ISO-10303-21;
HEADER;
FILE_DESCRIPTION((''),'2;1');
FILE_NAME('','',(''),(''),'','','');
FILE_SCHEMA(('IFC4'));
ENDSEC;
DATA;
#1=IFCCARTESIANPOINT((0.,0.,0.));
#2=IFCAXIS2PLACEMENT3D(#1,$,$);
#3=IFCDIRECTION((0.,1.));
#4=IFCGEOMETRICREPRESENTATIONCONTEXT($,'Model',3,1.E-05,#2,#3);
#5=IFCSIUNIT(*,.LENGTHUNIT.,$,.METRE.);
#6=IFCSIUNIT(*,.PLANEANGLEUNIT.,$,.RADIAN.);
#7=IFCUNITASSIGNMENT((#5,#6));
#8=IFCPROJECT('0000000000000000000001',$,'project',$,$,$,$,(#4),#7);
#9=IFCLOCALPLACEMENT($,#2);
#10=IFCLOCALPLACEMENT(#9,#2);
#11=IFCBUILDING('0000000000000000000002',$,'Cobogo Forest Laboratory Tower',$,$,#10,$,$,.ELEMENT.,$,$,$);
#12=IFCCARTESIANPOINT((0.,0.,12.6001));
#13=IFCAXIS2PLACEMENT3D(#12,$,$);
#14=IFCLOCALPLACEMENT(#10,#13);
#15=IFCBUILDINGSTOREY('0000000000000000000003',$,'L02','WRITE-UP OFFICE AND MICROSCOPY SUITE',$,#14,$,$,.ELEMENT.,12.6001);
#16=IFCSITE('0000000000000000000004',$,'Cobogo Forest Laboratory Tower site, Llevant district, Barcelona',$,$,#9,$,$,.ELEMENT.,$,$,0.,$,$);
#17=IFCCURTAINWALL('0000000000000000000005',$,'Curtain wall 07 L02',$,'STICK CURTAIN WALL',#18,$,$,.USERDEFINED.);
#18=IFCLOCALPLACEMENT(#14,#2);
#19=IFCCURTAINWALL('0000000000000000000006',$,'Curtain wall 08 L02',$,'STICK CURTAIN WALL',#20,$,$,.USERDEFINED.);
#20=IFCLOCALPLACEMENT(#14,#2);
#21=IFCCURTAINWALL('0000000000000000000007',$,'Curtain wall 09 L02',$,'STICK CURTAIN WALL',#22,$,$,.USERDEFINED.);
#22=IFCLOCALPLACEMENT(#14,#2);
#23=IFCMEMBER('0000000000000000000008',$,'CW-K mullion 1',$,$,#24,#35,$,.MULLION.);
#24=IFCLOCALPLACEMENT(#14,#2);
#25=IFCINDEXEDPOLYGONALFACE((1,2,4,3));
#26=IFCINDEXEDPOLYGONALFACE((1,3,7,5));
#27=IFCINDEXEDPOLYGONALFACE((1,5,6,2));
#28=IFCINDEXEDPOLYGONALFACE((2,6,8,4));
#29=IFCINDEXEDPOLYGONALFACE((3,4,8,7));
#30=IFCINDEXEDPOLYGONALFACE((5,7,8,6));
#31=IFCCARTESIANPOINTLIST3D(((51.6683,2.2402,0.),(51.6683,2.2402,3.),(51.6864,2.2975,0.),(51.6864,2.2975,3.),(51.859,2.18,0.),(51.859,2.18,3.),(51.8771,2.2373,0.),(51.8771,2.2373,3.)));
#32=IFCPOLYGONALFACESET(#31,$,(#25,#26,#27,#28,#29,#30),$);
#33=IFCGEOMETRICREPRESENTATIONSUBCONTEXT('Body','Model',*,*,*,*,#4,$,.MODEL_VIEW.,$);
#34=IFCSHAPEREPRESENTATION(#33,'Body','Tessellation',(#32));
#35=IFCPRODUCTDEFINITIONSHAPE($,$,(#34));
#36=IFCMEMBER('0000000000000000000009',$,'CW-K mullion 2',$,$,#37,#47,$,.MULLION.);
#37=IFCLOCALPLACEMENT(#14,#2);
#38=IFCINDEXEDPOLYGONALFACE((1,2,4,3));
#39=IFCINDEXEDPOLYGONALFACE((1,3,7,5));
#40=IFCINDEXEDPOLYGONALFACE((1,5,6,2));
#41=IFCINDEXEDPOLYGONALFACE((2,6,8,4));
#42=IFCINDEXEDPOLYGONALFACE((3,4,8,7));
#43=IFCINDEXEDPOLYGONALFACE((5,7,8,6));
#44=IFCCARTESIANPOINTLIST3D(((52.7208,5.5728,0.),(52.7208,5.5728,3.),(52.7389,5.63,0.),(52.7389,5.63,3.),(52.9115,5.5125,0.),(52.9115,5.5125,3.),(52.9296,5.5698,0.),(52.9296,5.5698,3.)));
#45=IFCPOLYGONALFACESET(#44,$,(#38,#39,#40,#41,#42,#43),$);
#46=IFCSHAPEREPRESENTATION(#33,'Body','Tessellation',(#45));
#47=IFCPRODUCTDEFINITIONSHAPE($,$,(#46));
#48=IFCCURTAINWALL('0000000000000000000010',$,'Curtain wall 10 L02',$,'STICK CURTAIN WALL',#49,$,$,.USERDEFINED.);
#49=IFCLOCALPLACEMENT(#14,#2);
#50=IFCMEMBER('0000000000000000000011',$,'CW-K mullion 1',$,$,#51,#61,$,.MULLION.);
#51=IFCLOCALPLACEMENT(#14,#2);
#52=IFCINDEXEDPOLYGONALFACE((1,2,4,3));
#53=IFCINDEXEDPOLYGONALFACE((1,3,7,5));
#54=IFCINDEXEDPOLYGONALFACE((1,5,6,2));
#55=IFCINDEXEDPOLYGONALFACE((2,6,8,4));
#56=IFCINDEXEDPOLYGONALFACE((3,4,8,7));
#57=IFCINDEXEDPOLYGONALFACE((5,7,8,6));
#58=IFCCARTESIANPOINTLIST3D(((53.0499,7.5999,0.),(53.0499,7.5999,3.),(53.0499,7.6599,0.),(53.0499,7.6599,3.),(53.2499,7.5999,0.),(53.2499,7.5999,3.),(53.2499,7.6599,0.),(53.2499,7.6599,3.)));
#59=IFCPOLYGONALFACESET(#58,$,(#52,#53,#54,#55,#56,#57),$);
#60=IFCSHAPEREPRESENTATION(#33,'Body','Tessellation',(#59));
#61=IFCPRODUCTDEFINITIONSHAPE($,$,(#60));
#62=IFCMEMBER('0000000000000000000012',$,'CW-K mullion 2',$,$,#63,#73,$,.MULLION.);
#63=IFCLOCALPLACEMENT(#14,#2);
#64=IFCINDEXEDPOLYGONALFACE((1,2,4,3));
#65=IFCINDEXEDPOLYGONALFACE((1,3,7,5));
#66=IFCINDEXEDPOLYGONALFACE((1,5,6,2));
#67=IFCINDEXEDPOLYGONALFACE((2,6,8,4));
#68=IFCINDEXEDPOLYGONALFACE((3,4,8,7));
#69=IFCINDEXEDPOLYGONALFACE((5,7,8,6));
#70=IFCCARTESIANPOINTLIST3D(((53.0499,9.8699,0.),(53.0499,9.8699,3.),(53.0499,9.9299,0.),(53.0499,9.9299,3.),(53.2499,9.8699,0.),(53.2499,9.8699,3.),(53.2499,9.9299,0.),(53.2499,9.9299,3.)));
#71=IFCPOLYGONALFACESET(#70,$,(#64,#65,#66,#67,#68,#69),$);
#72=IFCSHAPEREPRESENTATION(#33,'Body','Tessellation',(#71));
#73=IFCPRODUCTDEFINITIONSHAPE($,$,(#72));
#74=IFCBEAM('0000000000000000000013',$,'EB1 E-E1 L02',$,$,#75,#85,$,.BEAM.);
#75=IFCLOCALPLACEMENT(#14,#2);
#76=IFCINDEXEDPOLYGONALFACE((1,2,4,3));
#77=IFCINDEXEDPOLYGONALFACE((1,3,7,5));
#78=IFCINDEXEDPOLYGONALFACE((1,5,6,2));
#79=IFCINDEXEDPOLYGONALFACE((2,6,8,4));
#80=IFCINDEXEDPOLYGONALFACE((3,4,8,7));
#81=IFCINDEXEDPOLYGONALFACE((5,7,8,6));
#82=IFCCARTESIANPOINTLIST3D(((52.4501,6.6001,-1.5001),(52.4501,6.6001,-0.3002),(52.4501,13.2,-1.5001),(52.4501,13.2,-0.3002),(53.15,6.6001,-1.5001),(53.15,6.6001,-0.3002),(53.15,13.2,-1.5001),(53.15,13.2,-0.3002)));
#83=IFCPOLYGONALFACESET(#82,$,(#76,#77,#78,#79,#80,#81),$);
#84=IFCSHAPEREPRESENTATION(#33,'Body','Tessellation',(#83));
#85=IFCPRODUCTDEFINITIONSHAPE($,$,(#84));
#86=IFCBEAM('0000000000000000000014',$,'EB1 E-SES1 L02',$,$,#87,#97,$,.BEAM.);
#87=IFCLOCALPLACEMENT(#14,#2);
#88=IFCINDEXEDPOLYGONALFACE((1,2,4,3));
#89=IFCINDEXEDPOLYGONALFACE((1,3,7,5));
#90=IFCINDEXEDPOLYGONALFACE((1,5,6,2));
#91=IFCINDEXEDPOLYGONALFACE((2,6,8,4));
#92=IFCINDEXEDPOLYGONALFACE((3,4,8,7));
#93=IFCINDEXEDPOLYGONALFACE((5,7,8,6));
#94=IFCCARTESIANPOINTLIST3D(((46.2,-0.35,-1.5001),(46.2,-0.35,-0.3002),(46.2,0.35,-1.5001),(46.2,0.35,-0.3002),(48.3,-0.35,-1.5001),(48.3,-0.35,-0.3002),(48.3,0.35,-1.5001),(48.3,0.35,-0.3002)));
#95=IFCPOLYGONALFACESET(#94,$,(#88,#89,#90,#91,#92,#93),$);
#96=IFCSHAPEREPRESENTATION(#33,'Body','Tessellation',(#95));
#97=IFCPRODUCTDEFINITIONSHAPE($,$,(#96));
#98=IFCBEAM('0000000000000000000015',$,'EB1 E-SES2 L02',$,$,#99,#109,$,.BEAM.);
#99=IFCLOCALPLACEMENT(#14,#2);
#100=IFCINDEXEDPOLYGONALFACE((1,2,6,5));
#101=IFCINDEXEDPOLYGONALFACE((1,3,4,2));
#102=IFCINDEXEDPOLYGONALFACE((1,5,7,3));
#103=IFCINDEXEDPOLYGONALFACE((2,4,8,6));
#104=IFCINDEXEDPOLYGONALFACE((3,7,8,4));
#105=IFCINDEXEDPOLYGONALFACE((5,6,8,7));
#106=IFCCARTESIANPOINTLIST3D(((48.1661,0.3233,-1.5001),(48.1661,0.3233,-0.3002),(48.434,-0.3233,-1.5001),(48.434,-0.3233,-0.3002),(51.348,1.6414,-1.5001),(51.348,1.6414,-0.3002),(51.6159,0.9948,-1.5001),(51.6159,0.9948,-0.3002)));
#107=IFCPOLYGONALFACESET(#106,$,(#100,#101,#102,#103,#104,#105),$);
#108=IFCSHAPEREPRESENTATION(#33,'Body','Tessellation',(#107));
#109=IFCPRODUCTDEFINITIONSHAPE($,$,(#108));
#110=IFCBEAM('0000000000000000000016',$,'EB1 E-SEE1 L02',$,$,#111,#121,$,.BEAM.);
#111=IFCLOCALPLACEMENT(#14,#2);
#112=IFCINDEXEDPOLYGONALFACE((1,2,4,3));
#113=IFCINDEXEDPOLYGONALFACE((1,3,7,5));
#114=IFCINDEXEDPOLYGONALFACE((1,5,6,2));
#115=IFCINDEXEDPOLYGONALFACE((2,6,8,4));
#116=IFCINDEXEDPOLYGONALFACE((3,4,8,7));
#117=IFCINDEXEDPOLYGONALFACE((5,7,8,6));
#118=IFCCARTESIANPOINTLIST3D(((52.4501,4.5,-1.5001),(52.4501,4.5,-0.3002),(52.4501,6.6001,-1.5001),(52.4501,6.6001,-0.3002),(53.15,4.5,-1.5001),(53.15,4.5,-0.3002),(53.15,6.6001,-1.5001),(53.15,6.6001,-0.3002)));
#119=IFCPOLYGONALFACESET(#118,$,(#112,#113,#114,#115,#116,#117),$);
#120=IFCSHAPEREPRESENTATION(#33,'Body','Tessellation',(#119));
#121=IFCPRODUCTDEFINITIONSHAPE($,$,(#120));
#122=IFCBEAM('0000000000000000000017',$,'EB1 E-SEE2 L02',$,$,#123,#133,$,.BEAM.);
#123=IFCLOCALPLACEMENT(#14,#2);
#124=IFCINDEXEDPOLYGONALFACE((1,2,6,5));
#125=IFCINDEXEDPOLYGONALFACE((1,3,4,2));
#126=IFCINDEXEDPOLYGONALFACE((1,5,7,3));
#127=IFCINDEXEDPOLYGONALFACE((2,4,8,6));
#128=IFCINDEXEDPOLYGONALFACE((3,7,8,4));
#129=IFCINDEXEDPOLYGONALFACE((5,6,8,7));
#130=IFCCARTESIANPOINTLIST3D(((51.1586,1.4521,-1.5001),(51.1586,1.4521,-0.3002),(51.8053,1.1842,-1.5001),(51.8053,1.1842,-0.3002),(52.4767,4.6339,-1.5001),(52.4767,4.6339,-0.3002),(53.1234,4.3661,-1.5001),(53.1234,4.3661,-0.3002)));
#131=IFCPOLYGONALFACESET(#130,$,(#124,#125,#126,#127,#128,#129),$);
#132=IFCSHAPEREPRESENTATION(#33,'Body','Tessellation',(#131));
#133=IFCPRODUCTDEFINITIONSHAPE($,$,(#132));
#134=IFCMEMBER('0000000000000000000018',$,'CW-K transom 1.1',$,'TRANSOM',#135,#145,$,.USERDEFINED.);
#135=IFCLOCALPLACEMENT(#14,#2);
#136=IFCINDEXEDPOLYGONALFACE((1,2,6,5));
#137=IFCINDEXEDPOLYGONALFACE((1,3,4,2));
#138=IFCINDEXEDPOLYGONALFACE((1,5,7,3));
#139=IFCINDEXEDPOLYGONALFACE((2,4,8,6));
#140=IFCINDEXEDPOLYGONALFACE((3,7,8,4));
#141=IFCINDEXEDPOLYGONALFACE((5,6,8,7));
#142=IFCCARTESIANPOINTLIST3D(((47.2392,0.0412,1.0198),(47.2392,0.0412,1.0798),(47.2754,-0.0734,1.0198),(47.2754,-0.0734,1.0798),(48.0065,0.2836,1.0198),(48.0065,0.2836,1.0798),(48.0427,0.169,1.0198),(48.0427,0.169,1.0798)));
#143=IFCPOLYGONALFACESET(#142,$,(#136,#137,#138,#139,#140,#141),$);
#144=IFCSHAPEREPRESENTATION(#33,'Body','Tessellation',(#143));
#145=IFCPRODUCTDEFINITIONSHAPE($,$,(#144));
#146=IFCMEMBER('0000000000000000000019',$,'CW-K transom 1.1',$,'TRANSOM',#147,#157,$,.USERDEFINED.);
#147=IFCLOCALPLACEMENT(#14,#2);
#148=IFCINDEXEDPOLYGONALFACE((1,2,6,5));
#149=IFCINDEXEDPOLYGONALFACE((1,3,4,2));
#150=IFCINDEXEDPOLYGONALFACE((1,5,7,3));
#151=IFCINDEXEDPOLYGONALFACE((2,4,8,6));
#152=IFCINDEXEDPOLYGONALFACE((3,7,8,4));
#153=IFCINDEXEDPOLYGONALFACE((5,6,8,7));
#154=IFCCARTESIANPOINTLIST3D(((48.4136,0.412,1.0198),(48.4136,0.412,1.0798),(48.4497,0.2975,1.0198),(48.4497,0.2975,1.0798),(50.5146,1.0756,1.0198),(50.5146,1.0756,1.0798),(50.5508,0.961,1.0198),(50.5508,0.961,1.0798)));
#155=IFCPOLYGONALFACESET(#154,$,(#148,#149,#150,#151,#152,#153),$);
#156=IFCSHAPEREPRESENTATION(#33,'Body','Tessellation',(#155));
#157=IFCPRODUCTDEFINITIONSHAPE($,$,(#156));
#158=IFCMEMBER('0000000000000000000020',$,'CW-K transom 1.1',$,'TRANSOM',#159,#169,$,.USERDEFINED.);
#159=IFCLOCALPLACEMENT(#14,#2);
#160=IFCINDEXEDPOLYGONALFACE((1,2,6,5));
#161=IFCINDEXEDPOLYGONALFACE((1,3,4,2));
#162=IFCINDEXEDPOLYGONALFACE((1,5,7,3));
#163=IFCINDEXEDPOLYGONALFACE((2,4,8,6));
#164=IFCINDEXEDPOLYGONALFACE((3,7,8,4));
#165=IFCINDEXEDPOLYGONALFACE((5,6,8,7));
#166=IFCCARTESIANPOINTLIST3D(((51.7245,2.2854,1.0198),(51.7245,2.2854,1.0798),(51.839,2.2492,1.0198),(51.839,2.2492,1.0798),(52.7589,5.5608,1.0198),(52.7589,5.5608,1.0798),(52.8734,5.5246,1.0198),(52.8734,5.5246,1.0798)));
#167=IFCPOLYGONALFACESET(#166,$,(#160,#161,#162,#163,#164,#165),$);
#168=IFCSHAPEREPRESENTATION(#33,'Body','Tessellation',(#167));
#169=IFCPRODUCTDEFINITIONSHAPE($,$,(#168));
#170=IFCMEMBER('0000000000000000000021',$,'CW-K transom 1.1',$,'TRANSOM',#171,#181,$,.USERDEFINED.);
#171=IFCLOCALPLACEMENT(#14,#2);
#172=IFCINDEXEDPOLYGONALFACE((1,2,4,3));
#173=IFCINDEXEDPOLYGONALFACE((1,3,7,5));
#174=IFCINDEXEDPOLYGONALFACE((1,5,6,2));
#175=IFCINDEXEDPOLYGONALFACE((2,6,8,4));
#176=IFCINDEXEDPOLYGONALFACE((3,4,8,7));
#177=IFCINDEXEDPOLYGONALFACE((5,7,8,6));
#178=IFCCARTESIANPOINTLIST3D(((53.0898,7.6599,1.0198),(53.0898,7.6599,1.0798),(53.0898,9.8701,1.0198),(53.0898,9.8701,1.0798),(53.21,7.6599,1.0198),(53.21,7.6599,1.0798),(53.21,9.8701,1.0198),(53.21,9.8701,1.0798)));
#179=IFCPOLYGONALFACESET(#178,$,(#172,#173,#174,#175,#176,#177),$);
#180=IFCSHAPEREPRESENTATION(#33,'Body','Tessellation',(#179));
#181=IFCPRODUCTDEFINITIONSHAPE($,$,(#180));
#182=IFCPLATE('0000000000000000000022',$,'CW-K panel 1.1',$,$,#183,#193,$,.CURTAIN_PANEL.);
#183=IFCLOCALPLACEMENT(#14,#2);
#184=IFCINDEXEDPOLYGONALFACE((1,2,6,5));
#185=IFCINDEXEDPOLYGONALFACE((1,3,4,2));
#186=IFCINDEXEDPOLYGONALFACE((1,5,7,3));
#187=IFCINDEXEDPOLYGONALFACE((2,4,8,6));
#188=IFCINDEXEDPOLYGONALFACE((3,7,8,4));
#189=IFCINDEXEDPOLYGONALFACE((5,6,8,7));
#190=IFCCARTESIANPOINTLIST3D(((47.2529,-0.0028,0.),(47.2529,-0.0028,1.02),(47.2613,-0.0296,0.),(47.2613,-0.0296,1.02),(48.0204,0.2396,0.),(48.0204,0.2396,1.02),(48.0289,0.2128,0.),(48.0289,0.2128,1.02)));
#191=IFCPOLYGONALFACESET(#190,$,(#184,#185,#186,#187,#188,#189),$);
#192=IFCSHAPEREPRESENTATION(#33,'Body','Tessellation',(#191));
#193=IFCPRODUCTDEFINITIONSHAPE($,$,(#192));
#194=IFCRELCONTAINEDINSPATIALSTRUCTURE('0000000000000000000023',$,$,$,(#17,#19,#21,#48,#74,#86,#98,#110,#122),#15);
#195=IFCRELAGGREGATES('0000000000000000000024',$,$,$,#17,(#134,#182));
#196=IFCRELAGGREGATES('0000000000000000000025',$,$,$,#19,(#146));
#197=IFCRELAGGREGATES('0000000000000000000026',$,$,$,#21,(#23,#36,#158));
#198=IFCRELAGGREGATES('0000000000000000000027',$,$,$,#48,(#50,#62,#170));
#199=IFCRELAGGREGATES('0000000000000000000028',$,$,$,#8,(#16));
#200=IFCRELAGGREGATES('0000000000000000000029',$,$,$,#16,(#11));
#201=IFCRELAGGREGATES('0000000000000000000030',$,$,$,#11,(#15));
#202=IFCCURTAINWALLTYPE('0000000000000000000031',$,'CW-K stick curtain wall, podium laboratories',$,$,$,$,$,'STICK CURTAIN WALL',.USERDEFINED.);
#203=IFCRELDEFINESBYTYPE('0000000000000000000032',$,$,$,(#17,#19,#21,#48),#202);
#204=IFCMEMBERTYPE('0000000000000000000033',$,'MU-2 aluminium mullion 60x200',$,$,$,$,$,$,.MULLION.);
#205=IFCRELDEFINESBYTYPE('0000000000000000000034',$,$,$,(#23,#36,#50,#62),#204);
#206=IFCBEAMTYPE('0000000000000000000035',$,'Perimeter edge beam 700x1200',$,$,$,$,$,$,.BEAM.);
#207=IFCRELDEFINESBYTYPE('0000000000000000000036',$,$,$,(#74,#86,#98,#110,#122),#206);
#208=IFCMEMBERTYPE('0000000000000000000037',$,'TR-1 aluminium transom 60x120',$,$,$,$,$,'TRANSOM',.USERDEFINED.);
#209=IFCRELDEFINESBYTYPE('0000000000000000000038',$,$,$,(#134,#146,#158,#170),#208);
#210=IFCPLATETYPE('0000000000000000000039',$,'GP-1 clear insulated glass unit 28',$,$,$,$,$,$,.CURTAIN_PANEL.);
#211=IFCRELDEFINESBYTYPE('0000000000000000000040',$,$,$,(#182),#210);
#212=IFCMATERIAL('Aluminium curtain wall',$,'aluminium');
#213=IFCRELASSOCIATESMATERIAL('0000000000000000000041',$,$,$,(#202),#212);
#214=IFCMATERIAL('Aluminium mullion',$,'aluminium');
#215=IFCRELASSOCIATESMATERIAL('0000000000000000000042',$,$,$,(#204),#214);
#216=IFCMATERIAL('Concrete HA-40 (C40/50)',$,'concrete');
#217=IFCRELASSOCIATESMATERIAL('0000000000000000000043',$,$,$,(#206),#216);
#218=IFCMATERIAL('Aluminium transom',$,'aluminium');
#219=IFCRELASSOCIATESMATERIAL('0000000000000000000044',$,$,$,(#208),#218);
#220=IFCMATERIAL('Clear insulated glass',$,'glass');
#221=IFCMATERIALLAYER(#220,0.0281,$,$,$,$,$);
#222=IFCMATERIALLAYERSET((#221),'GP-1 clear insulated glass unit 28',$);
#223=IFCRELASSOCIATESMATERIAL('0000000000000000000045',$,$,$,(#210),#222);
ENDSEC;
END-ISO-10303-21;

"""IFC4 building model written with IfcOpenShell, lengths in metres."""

from ifc_helpers import new_model, si_unit, direction, frame, origin, origin_2d, place, context, subcontext, project, spatial, rectangle, extrude, material, layer, layer_set, material_profile, profile_set, type_object, element, aggregate, save


model = new_model("IFC4")

# Units and contexts
model_context = context("Model", 3, precision=1e-05, world=origin(), true_north=direction((0.0, 1.0)))
body_context = subcontext(model_context, "Body", "Model", "MODEL_VIEW")
ifc_project = project(units=[si_unit("LENGTHUNIT", "METRE"), si_unit("PLANEANGLEUNIT", "RADIAN")], contexts=[model_context])

# Site, building, storey
site_placement = place(None, origin())
site = spatial("IfcSite", under=ifc_project, at=site_placement, Name="Cobogo Forest Laboratory Tower site, Llevant district, Barcelona", CompositionType="ELEMENT", RefElevation=0.0)
building_placement = place(site_placement, origin())
building = spatial("IfcBuilding", under=site, at=building_placement, Name="Cobogo Forest Laboratory Tower", CompositionType="ELEMENT")
storey_placement = place(building_placement, frame((0.0, 0.0, 12.6001)))
storey = spatial("IfcBuildingStorey", under=building, at=storey_placement, Name="L02", Description="WRITE-UP OFFICE AND MICROSCOPY SUITE", CompositionType="ELEMENT", Elevation=12.6001)

# Shared definitions
ifc_material_1 = material(Name="Concrete HA-40 (C40/50)", Category="concrete")

# Curtain walls, members
ifc_material_2 = material(Name="Aluminium curtain wall", Category="aluminium")
curtain_wall_type = type_object("IfcCurtainWallType", Name="CW-K stick curtain wall, podium laboratories", ElementType="STICK CURTAIN WALL", PredefinedType="USERDEFINED", material=ifc_material_2)
curtain_wall_1_placement = place(storey_placement, origin())
curtain_wall_1 = element("IfcCurtainWall", 1, at=curtain_wall_1_placement, inside=storey, type_object=curtain_wall_type, Name="Curtain wall 07 L02", ObjectType="STICK CURTAIN WALL", PredefinedType="USERDEFINED")
ifc_material_3 = material(Name="Aluminium mullion", Category="aluminium")
ifc_material_profile_1 = material_profile(ifc_material_3, rectangle(XDim=0.0601, YDim=0.2, at=origin_2d()), Name="AL 60x200")
ifc_profile_set_1 = profile_set([ifc_material_profile_1], Name="Aluminium mullion")
member_type_1 = type_object("IfcMemberType", Name="MU-2 aluminium mullion 60x200", PredefinedType="MULLION", material=ifc_profile_set_1)
curtain_wall_2_placement = place(storey_placement, origin())
curtain_wall_2 = element("IfcCurtainWall", 2, at=curtain_wall_2_placement, inside=storey, type_object=curtain_wall_type, Name="Curtain wall 08 L02", ObjectType="STICK CURTAIN WALL", PredefinedType="USERDEFINED")
curtain_wall_3_placement = place(storey_placement, origin())
curtain_wall_3 = element("IfcCurtainWall", 3, at=curtain_wall_3_placement, inside=storey, type_object=curtain_wall_type, Name="Curtain wall 09 L02", ObjectType="STICK CURTAIN WALL", PredefinedType="USERDEFINED")
member_1_placement = place(storey_placement, frame((51.7727, 2.2388, 0.0), z_axis=(0.0, 0.0, 1.0), x_axis=(0.301135, 0.953581, 0.0)))
member_1 = element("IfcMember", 4, at=member_1_placement, type_object=member_type_1, Name="CW-K mullion 1", PredefinedType="MULLION", context=body_context, shape_type="SweptSolid", body=[
    extrude(rectangle(XDim=0.0601, YDim=0.2, at=origin_2d()), origin(), (0.0, 0.0, 1.0), 3.0),
])
member_2_placement = place(storey_placement, frame((52.8252, 5.5713, 0.0), z_axis=(0.0, 0.0, 1.0), x_axis=(0.301135, 0.953581, 0.0)))
member_2 = element("IfcMember", 5, at=member_2_placement, type_object=member_type_1, Name="CW-K mullion 2", PredefinedType="MULLION", context=body_context, shape_type="SweptSolid", body=[
    extrude(rectangle(XDim=0.0601, YDim=0.2, at=origin_2d()), origin(), (0.0, 0.0, 1.0), 3.0),
])
curtain_wall_4_placement = place(storey_placement, origin())
curtain_wall_4 = element("IfcCurtainWall", 6, at=curtain_wall_4_placement, inside=storey, type_object=curtain_wall_type, Name="Curtain wall 10 L02", ObjectType="STICK CURTAIN WALL", PredefinedType="USERDEFINED")
member_3_placement = place(storey_placement, frame((53.1499, 7.6299, 0.0), z_axis=(0.0, 0.0, 1.0), x_axis=(0.0, 1.0, 0.0)))
member_3 = element("IfcMember", 7, at=member_3_placement, type_object=member_type_1, Name="CW-K mullion 1", PredefinedType="MULLION", context=body_context, shape_type="SweptSolid", body=[
    extrude(rectangle(XDim=0.0601, YDim=0.2, at=origin_2d()), origin(), (0.0, 0.0, 1.0), 3.0),
])
member_4_placement = place(storey_placement, frame((53.1499, 9.8999, 0.0), z_axis=(0.0, 0.0, 1.0), x_axis=(0.0, 1.0, 0.0)))
member_4 = element("IfcMember", 8, at=member_4_placement, type_object=member_type_1, Name="CW-K mullion 2", PredefinedType="MULLION", context=body_context, shape_type="SweptSolid", body=[
    extrude(rectangle(XDim=0.0601, YDim=0.2, at=origin_2d()), origin(), (0.0, 0.0, 1.0), 3.0),
])

# Beams
ifc_material_profile_2 = material_profile(ifc_material_1, rectangle(XDim=0.7, YDim=1.2, at=origin_2d()), Name="RC 700x1200")
ifc_profile_set_2 = profile_set([ifc_material_profile_2], Name="Concrete HA-40 (C40/50)")
beam_type_1 = type_object("IfcBeamType", Name="Perimeter edge beam 700x1200", PredefinedType="BEAM", material=ifc_profile_set_2)
beam_1_placement = place(storey_placement, frame((52.8, 6.6001, -0.9001), z_axis=(0.0, 1.0, 0.0), x_axis=(-1.0, 0.0, 0.0)))
element("IfcBeam", 9, at=beam_1_placement, inside=storey, type_object=beam_type_1, Name="EB1 E-E1 L02", PredefinedType="BEAM", context=body_context, shape_type="SweptSolid", body=[
    extrude(rectangle(XDim=0.7, YDim=1.2, at=origin_2d()), origin(), (0.0, 0.0, 1.0), 6.5999),
])
beam_2_placement = place(storey_placement, frame((46.2, 0.0, -0.9001), z_axis=(1.0, 0.0, 0.0), x_axis=(0.0, 1.0, 0.0)))
element("IfcBeam", 10, at=beam_2_placement, inside=storey, type_object=beam_type_1, Name="EB1 E-SES1 L02", PredefinedType="BEAM", context=body_context, shape_type="SweptSolid", body=[
    extrude(rectangle(XDim=0.7, YDim=1.2, at=origin_2d()), origin(), (0.0, 0.0, 1.0), 2.1001),
])
beam_3_placement = place(storey_placement, frame((48.3, 0.0, -0.9001), z_axis=(0.923866, 0.382717, 0.0), x_axis=(-0.382717, 0.923866, 0.0)))
element("IfcBeam", 11, at=beam_3_placement, inside=storey, type_object=beam_type_1, Name="EB1 E-SES2 L02", PredefinedType="BEAM", context=body_context, shape_type="SweptSolid", body=[
    extrude(rectangle(XDim=0.7, YDim=1.2, at=origin_2d()), origin(), (0.0, 0.0, 1.0), 3.4441),
])
beam_4_placement = place(storey_placement, frame((52.8, 6.6001, -0.9001), z_axis=(0.0, -1.0, 0.0), x_axis=(1.0, 0.0, 0.0)))
element("IfcBeam", 12, at=beam_4_placement, inside=storey, type_object=beam_type_1, Name="EB1 E-SEE1 L02", PredefinedType="BEAM", context=body_context, shape_type="SweptSolid", body=[
    extrude(rectangle(XDim=0.7, YDim=1.2, at=origin_2d()), origin(), (0.0, 0.0, 1.0), 2.1001),
])
beam_5_placement = place(storey_placement, frame((52.8, 4.5, -0.9001), z_axis=(-0.382717, -0.923866, 0.0), x_axis=(0.923866, -0.382717, 0.0)))
element("IfcBeam", 13, at=beam_5_placement, inside=storey, type_object=beam_type_1, Name="EB1 E-SEE2 L02", PredefinedType="BEAM", context=body_context, shape_type="SweptSolid", body=[
    extrude(rectangle(XDim=0.7, YDim=1.2, at=origin_2d()), origin(), (0.0, 0.0, 1.0), 3.4441),
])

# Members
ifc_material_4 = material(Name="Aluminium transom", Category="aluminium")
ifc_material_profile_3 = material_profile(ifc_material_4, rectangle(XDim=0.1201, YDim=0.0601, at=origin_2d()), Name="AL 60x120")
ifc_profile_set_3 = profile_set([ifc_material_profile_3], Name="Aluminium transom")
member_type_2 = type_object("IfcMemberType", Name="TR-1 aluminium transom 60x120", ElementType="TRANSOM", PredefinedType="USERDEFINED", material=ifc_profile_set_3)
member_5_placement = place(storey_placement, frame((47.2573, -0.0161, 1.0498), z_axis=(0.953541, 0.301262, 0.0), x_axis=(-0.301262, 0.953541, 0.0)))
member_5 = element("IfcMember", 14, at=member_5_placement, type_object=member_type_2, Name="CW-K transom 1.1", ObjectType="TRANSOM", PredefinedType="USERDEFINED", context=body_context, shape_type="SweptSolid", body=[
    extrude(rectangle(XDim=0.1201, YDim=0.0601, at=origin_2d()), origin(), (0.0, 0.0, 1.0), 0.8047),
])
member_6_placement = place(storey_placement, frame((48.4316, 0.3547, 1.0498), z_axis=(0.953573, 0.301163, 0.0), x_axis=(-0.301163, 0.953573, 0.0)))
member_6 = element("IfcMember", 15, at=member_6_placement, type_object=member_type_2, Name="CW-K transom 1.1", ObjectType="TRANSOM", PredefinedType="USERDEFINED", context=body_context, shape_type="SweptSolid", body=[
    extrude(rectangle(XDim=0.1201, YDim=0.0601, at=origin_2d()), origin(), (0.0, 0.0, 1.0), 2.2034),
])
member_7_placement = place(storey_placement, frame((51.7817, 2.2673, 1.0498), z_axis=(0.301155, 0.953575, 0.0), x_axis=(-0.953575, 0.301155, 0.0)))
member_7 = element("IfcMember", 16, at=member_7_placement, type_object=member_type_2, Name="CW-K transom 1.1", ObjectType="TRANSOM", PredefinedType="USERDEFINED", context=body_context, shape_type="SweptSolid", body=[
    extrude(rectangle(XDim=0.1201, YDim=0.0601, at=origin_2d()), origin(), (0.0, 0.0, 1.0), 3.4348),
])
member_8_placement = place(storey_placement, frame((53.1499, 7.6599, 1.0498), z_axis=(0.0, 1.0, 0.0), x_axis=(-1.0, 0.0, 0.0)))
member_8 = element("IfcMember", 17, at=member_8_placement, type_object=member_type_2, Name="CW-K transom 1.1", ObjectType="TRANSOM", PredefinedType="USERDEFINED", context=body_context, shape_type="SweptSolid", body=[
    extrude(rectangle(XDim=0.1201, YDim=0.0601, at=origin_2d()), origin(), (0.0, 0.0, 1.0), 2.2102),
])

# Plate
ifc_material_5 = material(Name="Clear insulated glass", Category="glass")
ifc_layer = layer(ifc_material_5, 0.0281)
ifc_layer_set = layer_set([ifc_layer], Name="GP-1 clear insulated glass unit 28")
plate_type = type_object("IfcPlateType", Name="GP-1 clear insulated glass unit 28", PredefinedType="CURTAIN_PANEL", material=ifc_layer_set)
plate_1_placement = place(storey_placement, frame((47.6409, 0.105, 0.0), z_axis=(0.0, 0.0, 1.0), x_axis=(0.953581, 0.301135, 0.0)))
plate_1 = element("IfcPlate", 18, at=plate_1_placement, type_object=plate_type, Name="CW-K panel 1.1", PredefinedType="CURTAIN_PANEL", context=body_context, shape_type="SweptSolid", body=[
    extrude(rectangle(XDim=0.8049, YDim=0.0281, at=origin_2d()), origin(), (0.0, 0.0, 1.0), 1.02),
])
aggregate(curtain_wall_1, [member_5, plate_1])
aggregate(curtain_wall_2, [member_6])
aggregate(curtain_wall_3, [member_1, member_2, member_7])
aggregate(curtain_wall_4, [member_3, member_4, member_8])

save(model, "model.ifc")
